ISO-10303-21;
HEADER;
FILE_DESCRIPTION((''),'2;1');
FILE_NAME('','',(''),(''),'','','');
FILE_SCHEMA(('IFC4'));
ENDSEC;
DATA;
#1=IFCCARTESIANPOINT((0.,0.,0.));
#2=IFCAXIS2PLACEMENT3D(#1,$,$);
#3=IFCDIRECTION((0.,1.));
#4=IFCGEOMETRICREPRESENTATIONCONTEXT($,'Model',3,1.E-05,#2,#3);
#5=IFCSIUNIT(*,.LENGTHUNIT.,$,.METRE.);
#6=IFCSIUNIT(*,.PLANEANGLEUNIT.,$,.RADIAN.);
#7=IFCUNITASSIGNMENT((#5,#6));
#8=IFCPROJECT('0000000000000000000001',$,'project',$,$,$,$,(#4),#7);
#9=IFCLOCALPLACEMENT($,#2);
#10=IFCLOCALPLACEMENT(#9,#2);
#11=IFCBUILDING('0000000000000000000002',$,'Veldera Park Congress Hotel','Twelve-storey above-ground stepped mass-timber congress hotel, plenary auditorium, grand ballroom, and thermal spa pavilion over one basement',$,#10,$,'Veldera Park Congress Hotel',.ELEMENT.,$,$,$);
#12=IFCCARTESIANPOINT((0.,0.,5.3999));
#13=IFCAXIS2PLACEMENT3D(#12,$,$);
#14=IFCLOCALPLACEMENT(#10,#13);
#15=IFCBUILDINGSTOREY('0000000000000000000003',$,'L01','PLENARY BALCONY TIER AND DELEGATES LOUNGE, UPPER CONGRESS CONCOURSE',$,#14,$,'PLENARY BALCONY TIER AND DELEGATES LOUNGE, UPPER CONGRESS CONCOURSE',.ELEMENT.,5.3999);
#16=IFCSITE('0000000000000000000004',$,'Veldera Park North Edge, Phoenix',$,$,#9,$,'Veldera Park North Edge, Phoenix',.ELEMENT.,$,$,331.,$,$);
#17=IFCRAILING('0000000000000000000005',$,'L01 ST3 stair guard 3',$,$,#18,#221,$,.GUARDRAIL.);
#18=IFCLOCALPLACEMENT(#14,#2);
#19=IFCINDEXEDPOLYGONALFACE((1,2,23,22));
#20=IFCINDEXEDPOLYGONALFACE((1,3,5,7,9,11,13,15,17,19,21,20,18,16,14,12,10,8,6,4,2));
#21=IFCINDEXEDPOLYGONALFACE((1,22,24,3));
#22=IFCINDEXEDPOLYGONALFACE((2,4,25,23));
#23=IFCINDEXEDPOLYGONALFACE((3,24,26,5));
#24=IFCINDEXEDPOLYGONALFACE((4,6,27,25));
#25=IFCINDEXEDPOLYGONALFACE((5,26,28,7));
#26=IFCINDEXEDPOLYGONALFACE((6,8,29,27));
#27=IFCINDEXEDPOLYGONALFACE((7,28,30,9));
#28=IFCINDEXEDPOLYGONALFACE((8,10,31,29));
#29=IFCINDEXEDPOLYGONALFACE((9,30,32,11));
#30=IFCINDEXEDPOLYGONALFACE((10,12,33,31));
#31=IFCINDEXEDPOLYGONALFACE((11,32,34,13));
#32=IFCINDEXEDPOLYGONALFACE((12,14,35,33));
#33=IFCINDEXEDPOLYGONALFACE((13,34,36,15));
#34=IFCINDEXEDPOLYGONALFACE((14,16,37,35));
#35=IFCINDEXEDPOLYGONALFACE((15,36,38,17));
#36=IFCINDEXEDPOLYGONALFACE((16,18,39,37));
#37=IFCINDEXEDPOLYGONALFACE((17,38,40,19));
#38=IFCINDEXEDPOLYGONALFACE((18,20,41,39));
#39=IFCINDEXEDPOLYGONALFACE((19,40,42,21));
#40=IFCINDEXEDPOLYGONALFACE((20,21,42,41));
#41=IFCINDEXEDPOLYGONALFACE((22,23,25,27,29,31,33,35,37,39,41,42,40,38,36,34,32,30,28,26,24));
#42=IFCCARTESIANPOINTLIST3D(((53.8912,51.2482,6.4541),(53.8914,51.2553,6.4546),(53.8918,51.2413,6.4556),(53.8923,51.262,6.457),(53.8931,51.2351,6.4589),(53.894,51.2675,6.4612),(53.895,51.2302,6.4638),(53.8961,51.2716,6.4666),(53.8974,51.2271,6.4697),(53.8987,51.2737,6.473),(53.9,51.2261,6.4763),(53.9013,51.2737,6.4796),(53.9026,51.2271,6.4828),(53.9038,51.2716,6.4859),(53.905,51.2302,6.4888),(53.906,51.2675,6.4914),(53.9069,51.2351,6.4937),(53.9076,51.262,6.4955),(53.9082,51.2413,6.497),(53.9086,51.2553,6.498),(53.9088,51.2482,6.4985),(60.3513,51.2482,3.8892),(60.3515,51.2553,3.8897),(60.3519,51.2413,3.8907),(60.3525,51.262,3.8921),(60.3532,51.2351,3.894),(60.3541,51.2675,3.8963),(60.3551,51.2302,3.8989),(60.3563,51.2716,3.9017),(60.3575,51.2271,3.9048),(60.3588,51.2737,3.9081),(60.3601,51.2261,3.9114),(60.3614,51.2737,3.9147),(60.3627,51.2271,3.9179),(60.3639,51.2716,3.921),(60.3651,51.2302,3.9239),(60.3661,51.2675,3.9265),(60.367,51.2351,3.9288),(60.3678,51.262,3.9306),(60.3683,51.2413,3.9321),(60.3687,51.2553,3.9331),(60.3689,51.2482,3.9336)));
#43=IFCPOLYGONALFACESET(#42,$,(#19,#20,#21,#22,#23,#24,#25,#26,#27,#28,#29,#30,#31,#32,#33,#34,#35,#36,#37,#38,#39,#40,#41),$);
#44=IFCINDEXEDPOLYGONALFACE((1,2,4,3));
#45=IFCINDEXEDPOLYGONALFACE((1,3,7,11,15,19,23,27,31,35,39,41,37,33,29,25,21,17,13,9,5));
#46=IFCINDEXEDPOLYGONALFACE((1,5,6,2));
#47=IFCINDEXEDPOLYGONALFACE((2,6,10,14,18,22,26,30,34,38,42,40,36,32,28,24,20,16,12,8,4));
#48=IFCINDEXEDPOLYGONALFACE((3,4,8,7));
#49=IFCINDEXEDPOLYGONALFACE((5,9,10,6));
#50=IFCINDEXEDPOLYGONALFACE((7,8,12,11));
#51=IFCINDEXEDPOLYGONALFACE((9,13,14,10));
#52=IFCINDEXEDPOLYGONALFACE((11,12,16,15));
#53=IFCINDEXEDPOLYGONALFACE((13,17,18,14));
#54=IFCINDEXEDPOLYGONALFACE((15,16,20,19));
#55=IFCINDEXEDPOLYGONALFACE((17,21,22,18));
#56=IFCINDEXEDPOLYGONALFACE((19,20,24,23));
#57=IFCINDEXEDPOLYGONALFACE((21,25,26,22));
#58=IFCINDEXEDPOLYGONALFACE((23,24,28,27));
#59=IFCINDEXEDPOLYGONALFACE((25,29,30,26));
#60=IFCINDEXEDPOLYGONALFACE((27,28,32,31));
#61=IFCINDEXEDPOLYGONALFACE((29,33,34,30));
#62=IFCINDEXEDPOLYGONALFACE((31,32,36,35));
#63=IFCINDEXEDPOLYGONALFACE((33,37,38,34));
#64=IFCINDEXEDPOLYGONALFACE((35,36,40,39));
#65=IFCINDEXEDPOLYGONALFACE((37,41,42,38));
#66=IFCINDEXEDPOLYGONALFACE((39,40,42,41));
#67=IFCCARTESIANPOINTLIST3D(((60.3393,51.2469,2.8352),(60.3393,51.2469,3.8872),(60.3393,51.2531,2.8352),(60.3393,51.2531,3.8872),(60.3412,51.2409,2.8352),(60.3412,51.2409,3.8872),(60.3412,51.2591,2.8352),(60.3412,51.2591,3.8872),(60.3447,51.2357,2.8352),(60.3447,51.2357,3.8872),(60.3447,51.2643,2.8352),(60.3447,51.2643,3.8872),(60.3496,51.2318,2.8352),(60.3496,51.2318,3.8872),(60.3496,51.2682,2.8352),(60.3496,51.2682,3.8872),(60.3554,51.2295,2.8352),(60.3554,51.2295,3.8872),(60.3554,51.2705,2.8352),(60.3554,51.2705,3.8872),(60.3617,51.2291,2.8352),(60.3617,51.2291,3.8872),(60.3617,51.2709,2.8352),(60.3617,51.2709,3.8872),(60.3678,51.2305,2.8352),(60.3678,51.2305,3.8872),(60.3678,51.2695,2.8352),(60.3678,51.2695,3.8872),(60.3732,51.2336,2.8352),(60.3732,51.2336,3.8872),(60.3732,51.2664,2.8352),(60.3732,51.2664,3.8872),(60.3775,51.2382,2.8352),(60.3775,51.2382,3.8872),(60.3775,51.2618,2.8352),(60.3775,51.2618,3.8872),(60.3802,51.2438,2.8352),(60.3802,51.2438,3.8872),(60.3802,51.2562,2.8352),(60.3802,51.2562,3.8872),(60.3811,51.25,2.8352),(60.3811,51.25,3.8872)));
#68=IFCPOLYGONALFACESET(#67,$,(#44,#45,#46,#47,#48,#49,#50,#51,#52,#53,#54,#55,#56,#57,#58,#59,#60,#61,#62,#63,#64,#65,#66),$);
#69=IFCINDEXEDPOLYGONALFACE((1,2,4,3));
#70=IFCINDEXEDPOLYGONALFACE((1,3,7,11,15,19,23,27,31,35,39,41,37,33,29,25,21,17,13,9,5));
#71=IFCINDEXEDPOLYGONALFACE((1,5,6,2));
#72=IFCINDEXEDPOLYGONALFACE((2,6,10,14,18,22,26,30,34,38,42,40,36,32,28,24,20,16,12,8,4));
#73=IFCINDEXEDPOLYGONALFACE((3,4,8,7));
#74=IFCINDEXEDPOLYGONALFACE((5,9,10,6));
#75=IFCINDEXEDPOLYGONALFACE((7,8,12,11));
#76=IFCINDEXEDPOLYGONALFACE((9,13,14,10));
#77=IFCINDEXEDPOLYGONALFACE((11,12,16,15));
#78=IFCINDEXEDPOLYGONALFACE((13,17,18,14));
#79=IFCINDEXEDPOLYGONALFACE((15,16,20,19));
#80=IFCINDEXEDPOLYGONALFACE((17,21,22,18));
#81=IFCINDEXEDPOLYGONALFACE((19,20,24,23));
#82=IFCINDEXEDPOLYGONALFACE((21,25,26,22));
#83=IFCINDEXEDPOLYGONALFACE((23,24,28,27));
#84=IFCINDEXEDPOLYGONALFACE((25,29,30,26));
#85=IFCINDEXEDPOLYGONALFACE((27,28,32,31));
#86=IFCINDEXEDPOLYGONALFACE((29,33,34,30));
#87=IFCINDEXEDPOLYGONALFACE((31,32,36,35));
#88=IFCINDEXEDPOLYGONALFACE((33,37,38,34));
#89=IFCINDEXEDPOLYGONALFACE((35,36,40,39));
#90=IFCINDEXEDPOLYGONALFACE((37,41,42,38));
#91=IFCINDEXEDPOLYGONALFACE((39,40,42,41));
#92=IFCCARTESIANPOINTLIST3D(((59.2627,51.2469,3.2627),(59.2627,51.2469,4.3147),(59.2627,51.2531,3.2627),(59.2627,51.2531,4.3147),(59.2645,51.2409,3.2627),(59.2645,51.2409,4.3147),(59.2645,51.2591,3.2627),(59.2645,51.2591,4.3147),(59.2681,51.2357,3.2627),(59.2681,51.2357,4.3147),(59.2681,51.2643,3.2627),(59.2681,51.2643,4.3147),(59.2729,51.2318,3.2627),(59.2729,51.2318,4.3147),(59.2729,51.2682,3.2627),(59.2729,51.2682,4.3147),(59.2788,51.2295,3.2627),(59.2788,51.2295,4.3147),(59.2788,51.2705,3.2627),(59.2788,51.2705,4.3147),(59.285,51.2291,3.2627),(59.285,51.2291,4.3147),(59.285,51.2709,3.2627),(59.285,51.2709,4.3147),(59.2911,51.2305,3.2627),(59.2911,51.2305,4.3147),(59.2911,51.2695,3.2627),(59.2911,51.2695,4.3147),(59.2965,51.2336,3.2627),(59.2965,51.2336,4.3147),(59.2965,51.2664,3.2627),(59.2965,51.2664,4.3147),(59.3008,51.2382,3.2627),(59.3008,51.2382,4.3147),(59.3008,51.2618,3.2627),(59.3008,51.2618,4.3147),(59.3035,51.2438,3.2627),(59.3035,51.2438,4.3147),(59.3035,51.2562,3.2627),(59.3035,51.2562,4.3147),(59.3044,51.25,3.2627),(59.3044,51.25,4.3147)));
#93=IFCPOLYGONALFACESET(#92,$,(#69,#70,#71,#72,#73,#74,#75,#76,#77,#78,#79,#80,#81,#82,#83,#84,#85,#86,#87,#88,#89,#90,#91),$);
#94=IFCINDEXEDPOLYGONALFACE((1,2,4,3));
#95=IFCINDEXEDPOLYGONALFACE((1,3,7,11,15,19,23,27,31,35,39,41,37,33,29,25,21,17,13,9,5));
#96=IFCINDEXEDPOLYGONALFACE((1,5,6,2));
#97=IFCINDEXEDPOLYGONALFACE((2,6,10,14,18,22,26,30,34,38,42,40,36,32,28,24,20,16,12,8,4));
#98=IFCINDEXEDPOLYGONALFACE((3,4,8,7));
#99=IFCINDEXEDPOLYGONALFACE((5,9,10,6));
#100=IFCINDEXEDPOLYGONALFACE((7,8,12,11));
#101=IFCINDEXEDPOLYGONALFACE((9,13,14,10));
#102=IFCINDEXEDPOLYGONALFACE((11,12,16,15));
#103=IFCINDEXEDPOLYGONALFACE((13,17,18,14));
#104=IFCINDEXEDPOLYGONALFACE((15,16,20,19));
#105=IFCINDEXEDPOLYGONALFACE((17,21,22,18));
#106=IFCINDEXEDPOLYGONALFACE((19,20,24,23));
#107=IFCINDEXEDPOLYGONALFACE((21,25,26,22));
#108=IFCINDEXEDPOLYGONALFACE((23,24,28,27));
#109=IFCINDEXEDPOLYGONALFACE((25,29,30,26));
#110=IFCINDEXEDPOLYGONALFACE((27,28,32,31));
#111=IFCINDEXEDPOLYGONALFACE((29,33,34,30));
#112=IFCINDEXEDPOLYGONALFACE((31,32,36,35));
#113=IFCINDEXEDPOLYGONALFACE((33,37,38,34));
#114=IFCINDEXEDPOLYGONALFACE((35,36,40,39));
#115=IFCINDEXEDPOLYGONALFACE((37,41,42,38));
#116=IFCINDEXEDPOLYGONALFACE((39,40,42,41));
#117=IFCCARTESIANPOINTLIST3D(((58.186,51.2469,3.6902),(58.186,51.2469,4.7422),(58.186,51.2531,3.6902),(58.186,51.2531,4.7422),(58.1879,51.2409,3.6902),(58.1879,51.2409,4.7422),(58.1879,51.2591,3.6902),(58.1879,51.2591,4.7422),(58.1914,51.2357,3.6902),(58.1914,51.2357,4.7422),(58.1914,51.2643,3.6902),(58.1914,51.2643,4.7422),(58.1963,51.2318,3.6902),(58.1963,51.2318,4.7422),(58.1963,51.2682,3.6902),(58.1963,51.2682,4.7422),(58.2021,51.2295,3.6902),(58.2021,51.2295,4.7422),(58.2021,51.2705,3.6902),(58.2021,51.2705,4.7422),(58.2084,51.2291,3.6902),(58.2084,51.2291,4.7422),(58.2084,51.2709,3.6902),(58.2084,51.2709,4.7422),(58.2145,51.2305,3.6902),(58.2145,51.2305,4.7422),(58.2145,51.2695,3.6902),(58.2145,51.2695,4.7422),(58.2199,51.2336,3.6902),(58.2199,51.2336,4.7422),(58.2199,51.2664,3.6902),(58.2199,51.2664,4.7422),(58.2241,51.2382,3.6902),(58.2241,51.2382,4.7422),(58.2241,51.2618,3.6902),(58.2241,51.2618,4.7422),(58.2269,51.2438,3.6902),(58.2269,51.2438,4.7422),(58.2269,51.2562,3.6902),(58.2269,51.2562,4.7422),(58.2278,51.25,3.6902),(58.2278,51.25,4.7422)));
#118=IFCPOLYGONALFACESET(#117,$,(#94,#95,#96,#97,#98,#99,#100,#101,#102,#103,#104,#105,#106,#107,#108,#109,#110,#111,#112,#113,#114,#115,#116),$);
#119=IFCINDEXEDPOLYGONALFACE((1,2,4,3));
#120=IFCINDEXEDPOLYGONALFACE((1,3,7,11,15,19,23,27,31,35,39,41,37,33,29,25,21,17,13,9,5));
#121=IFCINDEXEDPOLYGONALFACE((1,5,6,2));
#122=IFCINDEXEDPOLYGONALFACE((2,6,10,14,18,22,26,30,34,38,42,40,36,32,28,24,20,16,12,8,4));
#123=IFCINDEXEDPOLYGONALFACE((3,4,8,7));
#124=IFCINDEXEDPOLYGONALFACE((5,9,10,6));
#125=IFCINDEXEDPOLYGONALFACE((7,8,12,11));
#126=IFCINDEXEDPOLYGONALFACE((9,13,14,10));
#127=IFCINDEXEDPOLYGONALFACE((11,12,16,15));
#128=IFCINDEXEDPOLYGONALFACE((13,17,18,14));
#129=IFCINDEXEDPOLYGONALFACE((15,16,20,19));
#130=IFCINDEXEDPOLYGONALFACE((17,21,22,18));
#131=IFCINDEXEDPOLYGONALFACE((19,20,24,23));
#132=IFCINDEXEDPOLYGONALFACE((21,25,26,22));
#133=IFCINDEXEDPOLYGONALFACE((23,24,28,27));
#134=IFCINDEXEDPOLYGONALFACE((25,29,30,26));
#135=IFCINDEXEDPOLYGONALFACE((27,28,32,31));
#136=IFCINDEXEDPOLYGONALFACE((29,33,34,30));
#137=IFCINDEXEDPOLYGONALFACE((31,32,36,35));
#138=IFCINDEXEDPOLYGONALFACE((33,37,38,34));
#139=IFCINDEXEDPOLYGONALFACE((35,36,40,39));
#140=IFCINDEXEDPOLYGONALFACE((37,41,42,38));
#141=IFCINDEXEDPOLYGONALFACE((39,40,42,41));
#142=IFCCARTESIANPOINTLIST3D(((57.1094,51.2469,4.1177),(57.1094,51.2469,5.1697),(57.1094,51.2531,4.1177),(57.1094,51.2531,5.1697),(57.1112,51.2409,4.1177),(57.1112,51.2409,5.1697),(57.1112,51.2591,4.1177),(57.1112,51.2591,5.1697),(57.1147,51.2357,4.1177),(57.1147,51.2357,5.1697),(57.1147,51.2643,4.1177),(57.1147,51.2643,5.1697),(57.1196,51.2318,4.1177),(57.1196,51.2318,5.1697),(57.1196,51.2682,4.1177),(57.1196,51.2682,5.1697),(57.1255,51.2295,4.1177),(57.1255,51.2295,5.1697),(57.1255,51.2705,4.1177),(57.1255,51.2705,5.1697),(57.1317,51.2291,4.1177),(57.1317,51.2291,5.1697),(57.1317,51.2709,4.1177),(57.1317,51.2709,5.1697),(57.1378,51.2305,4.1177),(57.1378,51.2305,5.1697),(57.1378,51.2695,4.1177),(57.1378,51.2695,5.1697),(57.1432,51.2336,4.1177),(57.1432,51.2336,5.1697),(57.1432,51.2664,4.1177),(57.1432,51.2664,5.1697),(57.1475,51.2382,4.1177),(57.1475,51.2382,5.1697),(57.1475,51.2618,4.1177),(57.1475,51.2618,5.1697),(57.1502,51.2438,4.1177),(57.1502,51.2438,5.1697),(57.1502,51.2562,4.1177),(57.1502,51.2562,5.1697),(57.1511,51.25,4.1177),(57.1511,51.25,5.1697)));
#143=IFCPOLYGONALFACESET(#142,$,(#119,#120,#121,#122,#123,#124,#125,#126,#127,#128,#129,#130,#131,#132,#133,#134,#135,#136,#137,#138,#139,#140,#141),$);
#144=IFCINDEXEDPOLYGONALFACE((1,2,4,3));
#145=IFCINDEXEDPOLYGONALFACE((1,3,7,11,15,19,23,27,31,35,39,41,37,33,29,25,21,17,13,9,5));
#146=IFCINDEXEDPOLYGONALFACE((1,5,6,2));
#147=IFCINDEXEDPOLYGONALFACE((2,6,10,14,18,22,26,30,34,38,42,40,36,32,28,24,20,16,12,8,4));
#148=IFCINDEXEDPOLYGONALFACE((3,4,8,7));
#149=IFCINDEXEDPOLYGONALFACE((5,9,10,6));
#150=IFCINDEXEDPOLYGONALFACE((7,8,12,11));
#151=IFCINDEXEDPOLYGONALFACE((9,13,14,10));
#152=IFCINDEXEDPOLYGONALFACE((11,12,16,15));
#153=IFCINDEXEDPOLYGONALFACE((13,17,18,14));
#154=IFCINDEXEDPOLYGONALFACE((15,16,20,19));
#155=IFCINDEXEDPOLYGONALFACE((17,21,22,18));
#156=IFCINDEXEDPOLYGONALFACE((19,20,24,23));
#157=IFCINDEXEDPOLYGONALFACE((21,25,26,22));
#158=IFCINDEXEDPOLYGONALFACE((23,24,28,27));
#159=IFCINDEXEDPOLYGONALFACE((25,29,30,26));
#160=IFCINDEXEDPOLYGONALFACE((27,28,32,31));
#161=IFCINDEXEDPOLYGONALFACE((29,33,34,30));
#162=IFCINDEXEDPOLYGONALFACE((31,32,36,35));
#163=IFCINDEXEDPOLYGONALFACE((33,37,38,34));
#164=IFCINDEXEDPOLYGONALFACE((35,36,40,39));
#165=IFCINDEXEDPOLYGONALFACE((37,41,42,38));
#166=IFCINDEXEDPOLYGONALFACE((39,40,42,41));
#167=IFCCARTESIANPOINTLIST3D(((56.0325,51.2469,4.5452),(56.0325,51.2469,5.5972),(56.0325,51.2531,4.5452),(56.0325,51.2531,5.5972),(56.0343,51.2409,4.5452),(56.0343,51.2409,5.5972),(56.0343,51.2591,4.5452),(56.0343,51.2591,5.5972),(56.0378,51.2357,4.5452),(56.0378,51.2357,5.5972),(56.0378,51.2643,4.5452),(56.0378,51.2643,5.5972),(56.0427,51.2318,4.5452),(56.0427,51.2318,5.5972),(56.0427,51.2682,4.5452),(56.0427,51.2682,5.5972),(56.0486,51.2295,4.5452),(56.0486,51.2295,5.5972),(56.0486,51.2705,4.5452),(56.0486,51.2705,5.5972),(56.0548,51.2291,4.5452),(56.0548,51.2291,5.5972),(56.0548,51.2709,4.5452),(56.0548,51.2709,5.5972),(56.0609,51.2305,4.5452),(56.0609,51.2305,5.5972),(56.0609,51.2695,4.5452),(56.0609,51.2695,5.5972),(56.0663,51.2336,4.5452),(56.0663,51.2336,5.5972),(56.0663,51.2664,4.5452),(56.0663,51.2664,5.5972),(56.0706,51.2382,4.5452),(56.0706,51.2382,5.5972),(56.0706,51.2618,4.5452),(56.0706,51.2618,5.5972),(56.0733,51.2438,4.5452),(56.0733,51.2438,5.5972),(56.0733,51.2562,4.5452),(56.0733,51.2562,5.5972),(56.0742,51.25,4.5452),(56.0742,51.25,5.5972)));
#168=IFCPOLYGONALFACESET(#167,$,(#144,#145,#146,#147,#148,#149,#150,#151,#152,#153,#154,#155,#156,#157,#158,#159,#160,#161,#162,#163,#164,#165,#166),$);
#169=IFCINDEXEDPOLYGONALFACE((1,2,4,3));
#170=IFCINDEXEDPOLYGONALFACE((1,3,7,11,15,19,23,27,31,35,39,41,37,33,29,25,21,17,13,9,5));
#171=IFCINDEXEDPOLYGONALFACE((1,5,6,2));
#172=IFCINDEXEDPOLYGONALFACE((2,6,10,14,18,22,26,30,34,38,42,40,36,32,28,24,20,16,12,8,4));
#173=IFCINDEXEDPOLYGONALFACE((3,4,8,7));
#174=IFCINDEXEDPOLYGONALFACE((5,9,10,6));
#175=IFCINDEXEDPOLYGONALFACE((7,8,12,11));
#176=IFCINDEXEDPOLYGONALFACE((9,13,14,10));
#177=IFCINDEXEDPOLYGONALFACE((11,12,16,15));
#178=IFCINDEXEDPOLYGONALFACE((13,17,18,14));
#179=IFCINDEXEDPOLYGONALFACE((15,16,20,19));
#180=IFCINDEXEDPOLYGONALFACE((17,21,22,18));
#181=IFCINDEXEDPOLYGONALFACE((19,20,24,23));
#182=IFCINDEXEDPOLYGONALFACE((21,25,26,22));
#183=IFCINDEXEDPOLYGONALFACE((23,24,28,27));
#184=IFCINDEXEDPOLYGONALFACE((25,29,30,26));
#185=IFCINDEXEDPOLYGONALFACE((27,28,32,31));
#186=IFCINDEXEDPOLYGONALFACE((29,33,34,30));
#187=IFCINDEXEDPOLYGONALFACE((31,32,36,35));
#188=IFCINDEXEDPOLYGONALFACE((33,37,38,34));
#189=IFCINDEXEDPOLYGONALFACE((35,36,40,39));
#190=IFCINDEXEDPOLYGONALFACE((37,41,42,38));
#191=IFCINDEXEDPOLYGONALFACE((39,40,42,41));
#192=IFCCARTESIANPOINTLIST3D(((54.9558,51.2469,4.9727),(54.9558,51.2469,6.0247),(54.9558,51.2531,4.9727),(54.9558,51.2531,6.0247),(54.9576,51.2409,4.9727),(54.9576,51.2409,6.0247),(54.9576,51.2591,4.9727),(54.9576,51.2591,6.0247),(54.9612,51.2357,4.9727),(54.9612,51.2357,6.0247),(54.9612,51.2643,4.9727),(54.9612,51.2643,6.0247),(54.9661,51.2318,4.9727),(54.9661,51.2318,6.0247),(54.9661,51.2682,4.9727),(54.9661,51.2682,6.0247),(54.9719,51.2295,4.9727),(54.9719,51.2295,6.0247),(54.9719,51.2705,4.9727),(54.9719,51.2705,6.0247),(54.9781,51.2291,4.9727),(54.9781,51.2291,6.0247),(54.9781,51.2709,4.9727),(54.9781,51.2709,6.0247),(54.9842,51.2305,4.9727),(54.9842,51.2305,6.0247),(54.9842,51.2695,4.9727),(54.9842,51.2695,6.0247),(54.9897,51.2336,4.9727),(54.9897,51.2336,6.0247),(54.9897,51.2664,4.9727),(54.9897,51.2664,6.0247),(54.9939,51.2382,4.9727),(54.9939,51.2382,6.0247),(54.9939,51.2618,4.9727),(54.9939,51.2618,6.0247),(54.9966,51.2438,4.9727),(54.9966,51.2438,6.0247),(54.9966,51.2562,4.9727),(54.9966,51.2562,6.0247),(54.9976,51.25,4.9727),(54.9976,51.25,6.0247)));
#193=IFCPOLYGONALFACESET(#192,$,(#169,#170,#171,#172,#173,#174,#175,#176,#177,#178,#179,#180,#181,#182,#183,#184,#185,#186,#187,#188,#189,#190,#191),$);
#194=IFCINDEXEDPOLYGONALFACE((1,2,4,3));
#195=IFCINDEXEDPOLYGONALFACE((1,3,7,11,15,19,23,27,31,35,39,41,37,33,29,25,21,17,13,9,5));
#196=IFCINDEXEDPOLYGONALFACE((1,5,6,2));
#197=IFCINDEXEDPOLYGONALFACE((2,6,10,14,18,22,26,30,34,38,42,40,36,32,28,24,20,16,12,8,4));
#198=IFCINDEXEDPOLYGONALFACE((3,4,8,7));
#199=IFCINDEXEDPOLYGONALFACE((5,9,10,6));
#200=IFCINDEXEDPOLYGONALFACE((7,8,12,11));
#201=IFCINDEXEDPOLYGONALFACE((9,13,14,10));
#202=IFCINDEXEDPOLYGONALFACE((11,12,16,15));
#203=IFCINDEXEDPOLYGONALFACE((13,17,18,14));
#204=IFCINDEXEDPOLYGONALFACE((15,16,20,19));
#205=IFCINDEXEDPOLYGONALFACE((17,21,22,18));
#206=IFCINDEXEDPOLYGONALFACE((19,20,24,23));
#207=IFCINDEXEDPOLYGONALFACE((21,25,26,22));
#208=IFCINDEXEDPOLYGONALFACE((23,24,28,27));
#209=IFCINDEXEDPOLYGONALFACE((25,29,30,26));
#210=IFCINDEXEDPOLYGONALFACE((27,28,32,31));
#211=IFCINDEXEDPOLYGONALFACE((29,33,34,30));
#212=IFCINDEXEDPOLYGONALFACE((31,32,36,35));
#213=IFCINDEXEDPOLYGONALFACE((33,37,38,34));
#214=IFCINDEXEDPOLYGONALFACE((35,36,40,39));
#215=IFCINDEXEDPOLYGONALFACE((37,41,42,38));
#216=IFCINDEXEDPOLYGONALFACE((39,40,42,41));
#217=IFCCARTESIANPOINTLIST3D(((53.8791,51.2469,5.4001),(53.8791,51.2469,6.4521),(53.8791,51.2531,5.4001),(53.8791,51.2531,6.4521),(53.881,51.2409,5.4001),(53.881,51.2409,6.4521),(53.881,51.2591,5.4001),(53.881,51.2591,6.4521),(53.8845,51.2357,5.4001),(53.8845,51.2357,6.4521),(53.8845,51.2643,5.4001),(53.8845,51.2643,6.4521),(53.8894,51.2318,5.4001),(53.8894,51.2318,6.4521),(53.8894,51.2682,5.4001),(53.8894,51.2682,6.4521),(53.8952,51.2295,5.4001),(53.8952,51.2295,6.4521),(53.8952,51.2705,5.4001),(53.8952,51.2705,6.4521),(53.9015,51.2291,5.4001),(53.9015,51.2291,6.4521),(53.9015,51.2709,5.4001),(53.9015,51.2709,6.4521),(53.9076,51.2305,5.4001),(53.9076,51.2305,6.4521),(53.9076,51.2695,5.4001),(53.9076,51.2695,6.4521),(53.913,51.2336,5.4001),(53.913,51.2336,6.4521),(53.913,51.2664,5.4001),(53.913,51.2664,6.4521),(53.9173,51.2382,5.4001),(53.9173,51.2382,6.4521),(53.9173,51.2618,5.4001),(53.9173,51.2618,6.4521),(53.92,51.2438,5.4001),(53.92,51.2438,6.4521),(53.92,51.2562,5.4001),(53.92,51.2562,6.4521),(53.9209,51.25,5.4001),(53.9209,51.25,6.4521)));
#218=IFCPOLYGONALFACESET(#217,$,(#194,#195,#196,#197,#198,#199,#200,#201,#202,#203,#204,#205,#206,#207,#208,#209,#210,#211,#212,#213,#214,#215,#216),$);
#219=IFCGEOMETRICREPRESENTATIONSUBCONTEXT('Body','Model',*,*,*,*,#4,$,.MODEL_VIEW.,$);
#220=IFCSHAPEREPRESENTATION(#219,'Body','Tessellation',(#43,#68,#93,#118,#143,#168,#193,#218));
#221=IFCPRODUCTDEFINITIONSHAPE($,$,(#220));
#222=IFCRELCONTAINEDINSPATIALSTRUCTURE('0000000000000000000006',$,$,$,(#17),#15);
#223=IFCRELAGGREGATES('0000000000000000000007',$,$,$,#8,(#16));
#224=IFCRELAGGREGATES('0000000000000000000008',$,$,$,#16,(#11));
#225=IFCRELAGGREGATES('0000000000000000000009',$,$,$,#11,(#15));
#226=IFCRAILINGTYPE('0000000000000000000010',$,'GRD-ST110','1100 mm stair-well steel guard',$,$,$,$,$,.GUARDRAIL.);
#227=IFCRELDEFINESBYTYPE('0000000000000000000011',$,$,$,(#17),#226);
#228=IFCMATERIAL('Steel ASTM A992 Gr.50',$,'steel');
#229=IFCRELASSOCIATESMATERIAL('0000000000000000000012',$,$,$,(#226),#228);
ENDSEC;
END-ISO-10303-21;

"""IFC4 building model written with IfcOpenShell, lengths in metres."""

from ifc_helpers import new_model, si_unit, direction, frame, origin, origin_2d, place, context, subcontext, project, spatial, circle, extrude, material, type_object, element, save


model = new_model("IFC4")

# Units and contexts
model_context = context("Model", 3, precision=1e-05, world=origin(), true_north=direction((0.0, 1.0)))
body_context = subcontext(model_context, "Body", "Model", "MODEL_VIEW")
ifc_project = project(units=[si_unit("LENGTHUNIT", "METRE"), si_unit("PLANEANGLEUNIT", "RADIAN")], contexts=[model_context])

# Site, building, storey
site_placement = place(None, origin())
site = spatial("IfcSite", under=ifc_project, at=site_placement, Name="Veldera Park North Edge, Phoenix", LongName="Veldera Park North Edge, Phoenix", CompositionType="ELEMENT", RefElevation=331.0)
building_placement = place(site_placement, origin())
building = spatial("IfcBuilding", under=site, at=building_placement, Name="Veldera Park Congress Hotel", Description="Twelve-storey above-ground stepped mass-timber congress hotel, plenary auditorium, grand ballroom, and thermal spa pavilion over one basement", LongName="Veldera Park Congress Hotel", CompositionType="ELEMENT")
storey_placement = place(building_placement, frame((0.0, 0.0, 5.3999)))
storey = spatial("IfcBuildingStorey", under=building, at=storey_placement, Name="L01", Description="PLENARY BALCONY TIER AND DELEGATES LOUNGE, UPPER CONGRESS CONCOURSE", LongName="PLENARY BALCONY TIER AND DELEGATES LOUNGE, UPPER CONGRESS CONCOURSE", CompositionType="ELEMENT", Elevation=5.3999)

# Shared definitions
ifc_material_1 = material(Name="Steel ASTM A992 Gr.50", Category="steel")

# Railing
railing_type_1 = type_object("IfcRailingType", Name="GRD-ST110", Description="1100 mm stair-well steel guard", PredefinedType="GUARDRAIL", material=ifc_material_1)
railing_1_placement = place(storey_placement, frame((60.3601, 51.25, 2.8352)))
element("IfcRailing", 1, at=railing_1_placement, inside=storey, type_object=railing_type_1, Name="L01 ST3 stair guard 3", PredefinedType="GUARDRAIL", context=body_context, shape_type="SweptSolid", body=[
    extrude(circle(Radius=0.0239, at=origin_2d()), frame((0.0, 0.0, 1.0762), z_axis=(-0.929423, 0.0, 0.369016), x_axis=(0.0, -1.0, 0.0)), (0.0, 0.0, 1.0), 6.9507),
    extrude(circle(Radius=0.021, at=origin_2d()), origin(), (0.0, 0.0, 1.0), 1.052),
    extrude(circle(Radius=0.021, at=origin_2d()), frame((-1.0767, 0.0, 0.4275)), (0.0, 0.0, 1.0), 1.052),
    extrude(circle(Radius=0.021, at=origin_2d()), frame((-2.1533, 0.0, 0.855)), (0.0, 0.0, 1.0), 1.052),
    extrude(circle(Radius=0.021, at=origin_2d()), frame((-3.23, 0.0, 1.2825)), (0.0, 0.0, 1.0), 1.052),
    extrude(circle(Radius=0.021, at=origin_2d()), frame((-4.3069, 0.0, 1.71)), (0.0, 0.0, 1.0), 1.052),
    extrude(circle(Radius=0.021, at=origin_2d()), frame((-5.3835, 0.0, 2.1375)), (0.0, 0.0, 1.0), 1.052),
    extrude(circle(Radius=0.021, at=origin_2d()), frame((-6.4602, 0.0, 2.5649)), (0.0, 0.0, 1.0), 1.052),
])

save(model, "model.ifc")
